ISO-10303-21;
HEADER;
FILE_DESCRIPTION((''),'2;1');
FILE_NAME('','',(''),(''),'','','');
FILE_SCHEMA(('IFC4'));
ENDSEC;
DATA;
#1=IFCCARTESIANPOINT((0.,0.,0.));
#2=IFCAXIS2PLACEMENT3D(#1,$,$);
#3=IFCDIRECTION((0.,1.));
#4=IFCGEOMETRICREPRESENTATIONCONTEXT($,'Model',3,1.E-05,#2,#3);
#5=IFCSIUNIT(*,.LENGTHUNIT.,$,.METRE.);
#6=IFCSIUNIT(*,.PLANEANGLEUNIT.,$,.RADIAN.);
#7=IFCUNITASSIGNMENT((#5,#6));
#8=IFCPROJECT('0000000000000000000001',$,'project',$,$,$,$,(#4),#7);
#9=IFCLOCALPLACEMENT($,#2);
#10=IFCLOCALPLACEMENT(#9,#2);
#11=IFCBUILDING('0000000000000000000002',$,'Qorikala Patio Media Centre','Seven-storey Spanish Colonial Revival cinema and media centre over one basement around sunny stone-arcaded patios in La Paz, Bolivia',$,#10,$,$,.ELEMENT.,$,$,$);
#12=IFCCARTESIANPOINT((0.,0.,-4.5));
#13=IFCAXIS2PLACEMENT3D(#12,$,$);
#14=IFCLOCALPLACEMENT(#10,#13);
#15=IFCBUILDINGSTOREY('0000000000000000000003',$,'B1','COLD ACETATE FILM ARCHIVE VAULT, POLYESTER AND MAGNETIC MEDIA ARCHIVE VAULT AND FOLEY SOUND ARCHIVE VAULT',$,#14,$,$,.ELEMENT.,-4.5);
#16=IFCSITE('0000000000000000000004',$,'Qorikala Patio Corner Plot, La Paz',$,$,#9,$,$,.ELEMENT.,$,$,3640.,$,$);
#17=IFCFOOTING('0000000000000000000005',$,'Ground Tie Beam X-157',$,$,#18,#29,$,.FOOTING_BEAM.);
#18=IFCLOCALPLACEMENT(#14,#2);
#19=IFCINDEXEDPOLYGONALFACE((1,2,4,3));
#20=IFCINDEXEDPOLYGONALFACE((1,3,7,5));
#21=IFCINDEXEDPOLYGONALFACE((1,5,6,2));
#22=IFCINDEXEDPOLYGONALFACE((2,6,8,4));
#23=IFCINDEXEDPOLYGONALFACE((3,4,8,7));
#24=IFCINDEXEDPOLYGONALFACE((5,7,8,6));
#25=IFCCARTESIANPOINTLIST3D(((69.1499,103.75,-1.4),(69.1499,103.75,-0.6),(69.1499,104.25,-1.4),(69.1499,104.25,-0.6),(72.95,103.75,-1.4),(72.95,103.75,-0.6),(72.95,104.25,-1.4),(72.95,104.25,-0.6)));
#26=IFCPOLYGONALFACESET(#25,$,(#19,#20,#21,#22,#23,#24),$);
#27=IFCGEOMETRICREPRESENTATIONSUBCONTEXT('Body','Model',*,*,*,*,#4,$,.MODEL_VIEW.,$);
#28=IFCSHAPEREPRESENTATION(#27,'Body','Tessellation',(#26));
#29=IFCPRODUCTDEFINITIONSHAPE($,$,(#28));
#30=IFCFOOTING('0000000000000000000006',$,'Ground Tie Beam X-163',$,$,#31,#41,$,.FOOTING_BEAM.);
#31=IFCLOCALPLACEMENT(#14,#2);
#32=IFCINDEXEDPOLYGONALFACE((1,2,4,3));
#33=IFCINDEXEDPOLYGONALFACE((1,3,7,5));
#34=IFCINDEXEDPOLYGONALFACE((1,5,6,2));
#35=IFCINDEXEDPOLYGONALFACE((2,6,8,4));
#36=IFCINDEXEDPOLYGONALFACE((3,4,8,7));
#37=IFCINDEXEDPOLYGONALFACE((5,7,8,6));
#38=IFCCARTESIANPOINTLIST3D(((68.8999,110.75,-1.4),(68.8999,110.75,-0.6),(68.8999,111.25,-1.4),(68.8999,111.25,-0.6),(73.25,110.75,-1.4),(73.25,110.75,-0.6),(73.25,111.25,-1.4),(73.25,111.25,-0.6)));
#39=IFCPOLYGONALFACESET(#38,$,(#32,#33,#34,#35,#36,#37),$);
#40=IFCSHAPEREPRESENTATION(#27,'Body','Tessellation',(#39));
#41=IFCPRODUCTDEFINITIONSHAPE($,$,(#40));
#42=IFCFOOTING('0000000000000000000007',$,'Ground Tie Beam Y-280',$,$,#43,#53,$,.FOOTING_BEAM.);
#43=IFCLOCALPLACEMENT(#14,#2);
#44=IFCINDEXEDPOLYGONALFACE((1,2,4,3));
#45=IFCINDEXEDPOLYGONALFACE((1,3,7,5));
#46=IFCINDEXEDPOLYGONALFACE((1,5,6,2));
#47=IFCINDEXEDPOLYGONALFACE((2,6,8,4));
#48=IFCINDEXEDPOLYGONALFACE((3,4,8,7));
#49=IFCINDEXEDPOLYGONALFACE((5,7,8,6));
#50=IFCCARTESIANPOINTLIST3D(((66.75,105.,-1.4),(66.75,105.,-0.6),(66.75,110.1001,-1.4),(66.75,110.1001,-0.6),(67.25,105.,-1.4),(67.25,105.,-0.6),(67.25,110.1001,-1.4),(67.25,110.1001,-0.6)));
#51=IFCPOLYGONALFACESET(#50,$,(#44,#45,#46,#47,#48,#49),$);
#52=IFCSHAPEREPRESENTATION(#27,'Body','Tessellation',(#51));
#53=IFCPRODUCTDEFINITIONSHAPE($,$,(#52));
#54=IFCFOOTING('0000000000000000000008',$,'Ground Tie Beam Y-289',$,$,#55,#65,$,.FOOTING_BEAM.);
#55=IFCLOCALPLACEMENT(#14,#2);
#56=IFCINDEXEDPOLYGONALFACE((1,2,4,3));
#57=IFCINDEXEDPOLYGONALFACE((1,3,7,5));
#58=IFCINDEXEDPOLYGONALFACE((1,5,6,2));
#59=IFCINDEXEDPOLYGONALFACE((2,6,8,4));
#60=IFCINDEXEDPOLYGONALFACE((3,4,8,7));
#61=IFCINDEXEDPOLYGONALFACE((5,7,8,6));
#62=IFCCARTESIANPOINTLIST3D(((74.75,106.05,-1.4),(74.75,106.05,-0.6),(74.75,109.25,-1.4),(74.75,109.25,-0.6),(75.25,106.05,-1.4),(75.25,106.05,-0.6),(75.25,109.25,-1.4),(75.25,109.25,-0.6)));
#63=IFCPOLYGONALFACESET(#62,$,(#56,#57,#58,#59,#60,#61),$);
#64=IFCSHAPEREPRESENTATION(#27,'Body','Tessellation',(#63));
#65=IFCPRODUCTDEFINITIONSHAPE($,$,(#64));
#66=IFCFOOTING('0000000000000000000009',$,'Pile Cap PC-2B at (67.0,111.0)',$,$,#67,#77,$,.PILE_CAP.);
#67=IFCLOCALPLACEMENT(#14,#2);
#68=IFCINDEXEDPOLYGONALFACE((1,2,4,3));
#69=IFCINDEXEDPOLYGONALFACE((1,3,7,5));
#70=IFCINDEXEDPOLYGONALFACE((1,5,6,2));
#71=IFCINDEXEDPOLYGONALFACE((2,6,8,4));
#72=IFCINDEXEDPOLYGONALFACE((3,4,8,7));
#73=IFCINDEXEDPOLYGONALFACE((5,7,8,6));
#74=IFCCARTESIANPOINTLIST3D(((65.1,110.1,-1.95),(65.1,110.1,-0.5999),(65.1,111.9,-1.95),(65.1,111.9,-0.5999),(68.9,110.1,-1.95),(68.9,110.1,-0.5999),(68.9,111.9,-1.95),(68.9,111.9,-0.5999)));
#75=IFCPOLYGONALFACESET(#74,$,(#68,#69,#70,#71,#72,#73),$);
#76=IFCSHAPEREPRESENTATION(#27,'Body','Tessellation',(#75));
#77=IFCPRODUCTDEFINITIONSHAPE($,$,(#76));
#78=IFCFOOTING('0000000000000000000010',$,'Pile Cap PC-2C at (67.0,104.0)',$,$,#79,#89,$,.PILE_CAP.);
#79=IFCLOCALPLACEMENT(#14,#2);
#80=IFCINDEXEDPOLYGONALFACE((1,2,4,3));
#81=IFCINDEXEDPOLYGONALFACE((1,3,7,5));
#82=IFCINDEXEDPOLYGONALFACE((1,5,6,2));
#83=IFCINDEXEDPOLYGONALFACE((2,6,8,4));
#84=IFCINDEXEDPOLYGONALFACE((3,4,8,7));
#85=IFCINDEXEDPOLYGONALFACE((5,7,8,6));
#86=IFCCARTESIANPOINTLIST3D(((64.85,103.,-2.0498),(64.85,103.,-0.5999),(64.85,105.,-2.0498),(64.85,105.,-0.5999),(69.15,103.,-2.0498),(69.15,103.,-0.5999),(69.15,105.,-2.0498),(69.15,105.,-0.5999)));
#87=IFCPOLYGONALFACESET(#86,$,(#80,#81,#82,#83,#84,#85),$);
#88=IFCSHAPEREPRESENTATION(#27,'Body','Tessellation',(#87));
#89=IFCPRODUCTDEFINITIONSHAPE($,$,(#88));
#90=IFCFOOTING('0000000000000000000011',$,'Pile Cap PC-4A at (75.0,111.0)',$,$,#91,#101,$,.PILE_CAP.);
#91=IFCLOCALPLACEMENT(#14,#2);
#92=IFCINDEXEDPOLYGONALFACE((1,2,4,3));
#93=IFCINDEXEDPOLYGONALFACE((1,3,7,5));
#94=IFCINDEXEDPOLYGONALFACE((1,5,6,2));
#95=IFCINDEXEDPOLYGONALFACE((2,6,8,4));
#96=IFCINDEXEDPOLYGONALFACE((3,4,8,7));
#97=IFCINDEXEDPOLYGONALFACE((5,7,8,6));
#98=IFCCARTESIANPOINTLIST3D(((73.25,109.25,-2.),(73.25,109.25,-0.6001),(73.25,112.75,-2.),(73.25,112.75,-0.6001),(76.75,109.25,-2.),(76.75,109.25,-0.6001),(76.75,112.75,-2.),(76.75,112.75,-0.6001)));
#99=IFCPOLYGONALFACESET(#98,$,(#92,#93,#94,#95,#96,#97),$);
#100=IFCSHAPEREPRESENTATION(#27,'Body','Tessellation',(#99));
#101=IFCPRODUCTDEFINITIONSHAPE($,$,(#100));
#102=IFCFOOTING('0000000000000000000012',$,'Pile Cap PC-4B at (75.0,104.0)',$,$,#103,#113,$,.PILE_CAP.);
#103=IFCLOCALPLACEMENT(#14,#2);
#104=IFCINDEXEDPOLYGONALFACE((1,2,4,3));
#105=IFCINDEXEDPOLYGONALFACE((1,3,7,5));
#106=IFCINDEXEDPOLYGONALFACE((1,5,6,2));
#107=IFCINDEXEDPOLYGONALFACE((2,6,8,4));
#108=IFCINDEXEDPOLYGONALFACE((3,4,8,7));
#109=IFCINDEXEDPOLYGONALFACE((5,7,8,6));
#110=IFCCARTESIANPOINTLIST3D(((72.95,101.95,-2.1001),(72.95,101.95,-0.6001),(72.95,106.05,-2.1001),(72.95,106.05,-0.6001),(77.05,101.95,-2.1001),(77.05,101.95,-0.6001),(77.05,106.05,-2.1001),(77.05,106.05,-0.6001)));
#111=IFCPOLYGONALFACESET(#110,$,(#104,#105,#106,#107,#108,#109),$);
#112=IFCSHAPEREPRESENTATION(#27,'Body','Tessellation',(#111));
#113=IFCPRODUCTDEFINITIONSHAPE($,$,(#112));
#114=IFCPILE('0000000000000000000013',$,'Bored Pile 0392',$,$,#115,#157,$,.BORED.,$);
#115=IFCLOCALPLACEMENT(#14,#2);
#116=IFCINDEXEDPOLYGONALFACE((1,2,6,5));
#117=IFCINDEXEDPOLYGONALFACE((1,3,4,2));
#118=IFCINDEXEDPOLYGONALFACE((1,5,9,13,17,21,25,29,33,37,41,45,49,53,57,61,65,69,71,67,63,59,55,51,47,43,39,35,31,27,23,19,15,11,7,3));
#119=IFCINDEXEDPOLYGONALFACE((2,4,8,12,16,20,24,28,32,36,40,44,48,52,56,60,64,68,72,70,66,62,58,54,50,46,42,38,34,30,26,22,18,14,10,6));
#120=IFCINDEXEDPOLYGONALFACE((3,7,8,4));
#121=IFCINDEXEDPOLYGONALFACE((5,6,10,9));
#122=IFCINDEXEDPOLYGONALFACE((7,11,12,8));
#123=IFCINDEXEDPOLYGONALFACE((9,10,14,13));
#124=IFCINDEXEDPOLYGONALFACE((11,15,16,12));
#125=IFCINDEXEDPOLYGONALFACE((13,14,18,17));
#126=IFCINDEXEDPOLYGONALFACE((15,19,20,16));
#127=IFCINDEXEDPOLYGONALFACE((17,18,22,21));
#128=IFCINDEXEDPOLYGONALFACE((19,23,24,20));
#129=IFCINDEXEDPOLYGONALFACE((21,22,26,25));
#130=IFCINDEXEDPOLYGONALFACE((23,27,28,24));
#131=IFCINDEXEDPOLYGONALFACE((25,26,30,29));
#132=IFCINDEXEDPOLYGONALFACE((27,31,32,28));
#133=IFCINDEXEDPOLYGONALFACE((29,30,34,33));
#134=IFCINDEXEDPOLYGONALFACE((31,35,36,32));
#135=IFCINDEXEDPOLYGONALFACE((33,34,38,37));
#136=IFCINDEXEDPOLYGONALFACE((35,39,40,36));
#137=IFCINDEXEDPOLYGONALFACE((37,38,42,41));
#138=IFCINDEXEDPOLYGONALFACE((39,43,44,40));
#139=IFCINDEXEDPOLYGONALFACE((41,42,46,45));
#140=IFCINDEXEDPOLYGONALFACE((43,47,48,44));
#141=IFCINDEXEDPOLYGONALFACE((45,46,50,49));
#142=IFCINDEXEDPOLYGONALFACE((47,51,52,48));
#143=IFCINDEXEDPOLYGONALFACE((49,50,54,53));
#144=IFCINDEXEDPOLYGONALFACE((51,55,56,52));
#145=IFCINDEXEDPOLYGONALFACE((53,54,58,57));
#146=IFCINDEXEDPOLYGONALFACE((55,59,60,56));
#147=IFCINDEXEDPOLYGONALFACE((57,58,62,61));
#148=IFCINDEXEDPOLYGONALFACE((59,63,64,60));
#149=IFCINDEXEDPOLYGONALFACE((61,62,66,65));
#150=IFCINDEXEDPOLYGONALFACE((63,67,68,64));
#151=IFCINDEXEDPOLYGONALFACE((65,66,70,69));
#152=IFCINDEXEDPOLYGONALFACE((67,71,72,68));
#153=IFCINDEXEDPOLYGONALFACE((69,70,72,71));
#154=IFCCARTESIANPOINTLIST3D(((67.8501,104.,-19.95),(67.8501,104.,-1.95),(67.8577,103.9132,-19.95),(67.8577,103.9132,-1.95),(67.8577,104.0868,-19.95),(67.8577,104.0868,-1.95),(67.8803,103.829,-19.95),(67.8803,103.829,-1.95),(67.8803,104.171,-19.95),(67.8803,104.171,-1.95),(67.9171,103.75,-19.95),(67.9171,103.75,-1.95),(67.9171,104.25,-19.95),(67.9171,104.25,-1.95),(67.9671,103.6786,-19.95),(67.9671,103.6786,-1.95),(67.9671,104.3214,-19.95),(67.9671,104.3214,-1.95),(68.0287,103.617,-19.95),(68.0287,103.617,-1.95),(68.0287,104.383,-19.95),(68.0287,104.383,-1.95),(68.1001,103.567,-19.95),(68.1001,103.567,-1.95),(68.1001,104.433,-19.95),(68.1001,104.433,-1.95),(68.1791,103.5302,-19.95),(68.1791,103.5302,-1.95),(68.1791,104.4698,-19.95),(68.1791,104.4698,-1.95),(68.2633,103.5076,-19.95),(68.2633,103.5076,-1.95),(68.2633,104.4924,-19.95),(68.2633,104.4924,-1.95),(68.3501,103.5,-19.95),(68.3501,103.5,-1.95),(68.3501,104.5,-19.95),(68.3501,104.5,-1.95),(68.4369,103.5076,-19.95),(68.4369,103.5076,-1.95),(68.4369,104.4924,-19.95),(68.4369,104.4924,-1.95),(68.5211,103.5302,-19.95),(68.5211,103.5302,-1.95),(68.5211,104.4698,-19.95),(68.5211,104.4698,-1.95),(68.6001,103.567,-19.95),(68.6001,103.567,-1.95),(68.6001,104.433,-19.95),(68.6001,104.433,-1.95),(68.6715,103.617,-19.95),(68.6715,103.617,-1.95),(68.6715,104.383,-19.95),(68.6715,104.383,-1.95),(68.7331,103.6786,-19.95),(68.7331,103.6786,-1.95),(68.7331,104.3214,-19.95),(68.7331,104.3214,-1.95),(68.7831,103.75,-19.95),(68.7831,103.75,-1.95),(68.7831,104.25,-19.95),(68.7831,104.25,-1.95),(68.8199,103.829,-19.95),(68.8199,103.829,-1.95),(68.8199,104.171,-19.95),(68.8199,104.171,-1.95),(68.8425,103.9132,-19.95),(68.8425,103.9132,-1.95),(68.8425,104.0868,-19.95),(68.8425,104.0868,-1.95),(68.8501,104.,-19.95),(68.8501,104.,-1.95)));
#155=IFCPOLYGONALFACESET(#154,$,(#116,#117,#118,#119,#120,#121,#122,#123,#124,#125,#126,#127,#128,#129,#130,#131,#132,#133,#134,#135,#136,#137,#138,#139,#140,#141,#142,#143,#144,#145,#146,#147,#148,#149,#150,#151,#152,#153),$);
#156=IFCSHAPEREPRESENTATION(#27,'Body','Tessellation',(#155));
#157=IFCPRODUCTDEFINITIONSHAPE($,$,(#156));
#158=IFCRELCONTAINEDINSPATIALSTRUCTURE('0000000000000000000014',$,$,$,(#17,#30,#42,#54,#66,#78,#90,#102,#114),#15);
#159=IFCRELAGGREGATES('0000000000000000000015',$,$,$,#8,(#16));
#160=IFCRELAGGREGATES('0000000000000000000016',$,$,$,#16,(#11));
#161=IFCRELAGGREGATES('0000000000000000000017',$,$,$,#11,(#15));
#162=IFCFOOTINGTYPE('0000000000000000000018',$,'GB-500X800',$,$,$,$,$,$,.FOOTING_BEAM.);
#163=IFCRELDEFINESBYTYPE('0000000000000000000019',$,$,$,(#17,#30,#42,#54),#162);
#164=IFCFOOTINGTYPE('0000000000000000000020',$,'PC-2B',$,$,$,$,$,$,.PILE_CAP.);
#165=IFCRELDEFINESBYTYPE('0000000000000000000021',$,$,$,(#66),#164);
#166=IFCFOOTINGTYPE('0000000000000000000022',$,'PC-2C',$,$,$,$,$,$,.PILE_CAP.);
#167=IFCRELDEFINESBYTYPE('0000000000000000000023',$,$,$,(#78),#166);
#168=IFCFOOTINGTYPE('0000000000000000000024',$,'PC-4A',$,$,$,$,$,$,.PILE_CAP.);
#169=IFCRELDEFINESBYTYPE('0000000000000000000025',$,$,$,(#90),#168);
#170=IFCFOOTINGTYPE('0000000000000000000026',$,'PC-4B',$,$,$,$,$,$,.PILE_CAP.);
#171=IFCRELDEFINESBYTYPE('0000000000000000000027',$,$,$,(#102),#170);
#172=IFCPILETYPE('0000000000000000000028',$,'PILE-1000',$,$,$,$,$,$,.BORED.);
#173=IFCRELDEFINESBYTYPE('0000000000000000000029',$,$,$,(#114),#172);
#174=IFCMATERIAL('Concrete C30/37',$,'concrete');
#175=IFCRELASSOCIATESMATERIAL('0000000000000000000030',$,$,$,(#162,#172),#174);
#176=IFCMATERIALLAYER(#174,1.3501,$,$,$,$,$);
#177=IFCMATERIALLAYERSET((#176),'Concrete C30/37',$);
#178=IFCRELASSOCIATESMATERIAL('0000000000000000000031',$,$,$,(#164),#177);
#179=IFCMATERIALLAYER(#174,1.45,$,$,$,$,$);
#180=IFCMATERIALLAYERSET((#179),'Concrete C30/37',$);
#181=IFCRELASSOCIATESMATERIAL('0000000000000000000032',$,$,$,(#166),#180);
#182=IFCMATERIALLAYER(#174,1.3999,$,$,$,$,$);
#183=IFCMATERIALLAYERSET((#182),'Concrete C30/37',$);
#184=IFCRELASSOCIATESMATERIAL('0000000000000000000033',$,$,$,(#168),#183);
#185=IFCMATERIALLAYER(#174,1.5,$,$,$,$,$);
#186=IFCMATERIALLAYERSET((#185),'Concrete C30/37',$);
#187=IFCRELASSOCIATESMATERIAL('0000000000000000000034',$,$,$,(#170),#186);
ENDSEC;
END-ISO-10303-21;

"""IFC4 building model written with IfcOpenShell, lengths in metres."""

from ifc_helpers import new_model, si_unit, direction, frame, origin, origin_2d, place, context, subcontext, project, spatial, rectangle, circle, extrude, material, layer, layer_set, material_profile, profile_set, type_object, element, save


model = new_model("IFC4")

# Units and contexts
model_context = context("Model", 3, precision=1e-05, world=origin(), true_north=direction((0.0, 1.0)))
body_context = subcontext(model_context, "Body", "Model", "MODEL_VIEW")
ifc_project = project(units=[si_unit("LENGTHUNIT", "METRE"), si_unit("PLANEANGLEUNIT", "RADIAN")], contexts=[model_context])

# Site, building, storey
site_placement = place(None, origin())
site = spatial("IfcSite", under=ifc_project, at=site_placement, Name="Qorikala Patio Corner Plot, La Paz", CompositionType="ELEMENT", RefElevation=3640.0)
building_placement = place(site_placement, origin())
building = spatial("IfcBuilding", under=site, at=building_placement, Name="Qorikala Patio Media Centre", Description="Seven-storey Spanish Colonial Revival cinema and media centre over one basement around sunny stone-arcaded patios in La Paz, Bolivia", CompositionType="ELEMENT")
storey_placement = place(building_placement, frame((0.0, 0.0, -4.5)))
storey = spatial("IfcBuildingStorey", under=building, at=storey_placement, Name="B1", Description="COLD ACETATE FILM ARCHIVE VAULT, POLYESTER AND MAGNETIC MEDIA ARCHIVE VAULT AND FOLEY SOUND ARCHIVE VAULT", CompositionType="ELEMENT", Elevation=-4.5)

# Footings
ifc_material_1 = material(Name="Concrete C30/37", Category="concrete")
ifc_material_profile_1 = material_profile(ifc_material_1, rectangle(XDim=0.5, YDim=0.8, at=origin_2d()), Name="RC 500x800")
ifc_profile_set_1 = profile_set([ifc_material_profile_1], Name="Concrete C30/37")
footing_type_1 = type_object("IfcFootingType", Name="GB-500X800", PredefinedType="FOOTING_BEAM", material=ifc_profile_set_1)
footing_1_placement = place(storey_placement, frame((69.1499, 104.0, -1.0), z_axis=(1.0, 0.0, 0.0), x_axis=(0.0, 1.0, 0.0)))
element("IfcFooting", 1, at=footing_1_placement, inside=storey, type_object=footing_type_1, Name="Ground Tie Beam X-157", PredefinedType="FOOTING_BEAM", context=body_context, shape_type="SweptSolid", body=[
    extrude(rectangle(XDim=0.5, YDim=0.8, at=origin_2d()), origin(), (0.0, 0.0, 1.0), 3.8),
])
footing_2_placement = place(storey_placement, frame((68.8999, 111.0, -1.0), z_axis=(1.0, 0.0, 0.0), x_axis=(0.0, 1.0, 0.0)))
element("IfcFooting", 2, at=footing_2_placement, inside=storey, type_object=footing_type_1, Name="Ground Tie Beam X-163", PredefinedType="FOOTING_BEAM", context=body_context, shape_type="SweptSolid", body=[
    extrude(rectangle(XDim=0.5, YDim=0.8, at=origin_2d()), origin(), (0.0, 0.0, 1.0), 4.3501),
])
footing_3_placement = place(storey_placement, frame((67.0, 105.0, -1.0), z_axis=(0.0, 1.0, 0.0), x_axis=(-1.0, 0.0, 0.0)))
element("IfcFooting", 3, at=footing_3_placement, inside=storey, type_object=footing_type_1, Name="Ground Tie Beam Y-280", PredefinedType="FOOTING_BEAM", context=body_context, shape_type="SweptSolid", body=[
    extrude(rectangle(XDim=0.5, YDim=0.8, at=origin_2d()), origin(), (0.0, 0.0, 1.0), 5.1001),
])
footing_4_placement = place(storey_placement, frame((75.0, 106.05, -1.0), z_axis=(0.0, 1.0, 0.0), x_axis=(-1.0, 0.0, 0.0)))
element("IfcFooting", 4, at=footing_4_placement, inside=storey, type_object=footing_type_1, Name="Ground Tie Beam Y-289", PredefinedType="FOOTING_BEAM", context=body_context, shape_type="SweptSolid", body=[
    extrude(rectangle(XDim=0.5, YDim=0.8, at=origin_2d()), origin(), (0.0, 0.0, 1.0), 3.2),
])
ifc_layer_1 = layer(ifc_material_1, 1.3501)
ifc_layer_set_1 = layer_set([ifc_layer_1], Name="Concrete C30/37")
footing_type_2 = type_object("IfcFootingType", Name="PC-2B", PredefinedType="PILE_CAP", material=ifc_layer_set_1)
footing_5_placement = place(storey_placement, frame((67.0, 111.0, -1.95), z_axis=(0.0, 0.0, 1.0), x_axis=(1.0, 0.0, 0.0)))
element("IfcFooting", 5, at=footing_5_placement, inside=storey, type_object=footing_type_2, Name="Pile Cap PC-2B at (67.0,111.0)", PredefinedType="PILE_CAP", context=body_context, shape_type="SweptSolid", body=[
    extrude(rectangle(XDim=3.8, YDim=1.8, at=origin_2d()), origin(), (0.0, 0.0, 1.0), 1.3501),
])
ifc_layer_2 = layer(ifc_material_1, 1.45)
ifc_layer_set_2 = layer_set([ifc_layer_2], Name="Concrete C30/37")
footing_type_3 = type_object("IfcFootingType", Name="PC-2C", PredefinedType="PILE_CAP", material=ifc_layer_set_2)
footing_6_placement = place(storey_placement, frame((67.0, 104.0, -2.0498), z_axis=(0.0, 0.0, 1.0), x_axis=(1.0, 0.0, 0.0)))
element("IfcFooting", 6, at=footing_6_placement, inside=storey, type_object=footing_type_3, Name="Pile Cap PC-2C at (67.0,104.0)", PredefinedType="PILE_CAP", context=body_context, shape_type="SweptSolid", body=[
    extrude(rectangle(XDim=4.3, YDim=2.0, at=origin_2d()), origin(), (0.0, 0.0, 1.0), 1.45),
])
ifc_layer_3 = layer(ifc_material_1, 1.3999)
ifc_layer_set_3 = layer_set([ifc_layer_3], Name="Concrete C30/37")
footing_type_4 = type_object("IfcFootingType", Name="PC-4A", PredefinedType="PILE_CAP", material=ifc_layer_set_3)
footing_7_placement = place(storey_placement, frame((75.0, 111.0, -2.0), z_axis=(0.0, 0.0, 1.0), x_axis=(1.0, 0.0, 0.0)))
element("IfcFooting", 7, at=footing_7_placement, inside=storey, type_object=footing_type_4, Name="Pile Cap PC-4A at (75.0,111.0)", PredefinedType="PILE_CAP", context=body_context, shape_type="SweptSolid", body=[
    extrude(rectangle(XDim=3.5, YDim=3.5, at=origin_2d()), origin(), (0.0, 0.0, 1.0), 1.3999),
])
ifc_layer_4 = layer(ifc_material_1, 1.5)
ifc_layer_set_4 = layer_set([ifc_layer_4], Name="Concrete C30/37")
footing_type_5 = type_object("IfcFootingType", Name="PC-4B", PredefinedType="PILE_CAP", material=ifc_layer_set_4)
footing_8_placement = place(storey_placement, frame((75.0, 104.0, -2.1001), z_axis=(0.0, 0.0, 1.0), x_axis=(1.0, 0.0, 0.0)))
element("IfcFooting", 8, at=footing_8_placement, inside=storey, type_object=footing_type_5, Name="Pile Cap PC-4B at (75.0,104.0)", PredefinedType="PILE_CAP", context=body_context, shape_type="SweptSolid", body=[
    extrude(rectangle(XDim=4.1001, YDim=4.1001, at=origin_2d()), origin(), (0.0, 0.0, 1.0), 1.5),
])

# Pile
ifc_material_profile_2 = material_profile(ifc_material_1, circle(Radius=0.5, at=origin_2d()), Name="BORED PILE 1000")
ifc_profile_set_2 = profile_set([ifc_material_profile_2], Name="Concrete C30/37")
pile_type_1 = type_object("IfcPileType", Name="PILE-1000", PredefinedType="BORED", material=ifc_profile_set_2)
pile_placement = place(storey_placement, frame((68.3501, 104.0, -1.95), z_axis=(0.0, 0.0, -1.0), x_axis=(1.0, 0.0, 0.0)))
element("IfcPile", 9, at=pile_placement, inside=storey, type_object=pile_type_1, Name="Bored Pile 0392", PredefinedType="BORED", context=body_context, shape_type="SweptSolid", body=[
    extrude(circle(Radius=0.5, at=origin_2d()), origin(), (0.0, 0.0, 1.0), 18.0),
])

save(model, "model.ifc")
